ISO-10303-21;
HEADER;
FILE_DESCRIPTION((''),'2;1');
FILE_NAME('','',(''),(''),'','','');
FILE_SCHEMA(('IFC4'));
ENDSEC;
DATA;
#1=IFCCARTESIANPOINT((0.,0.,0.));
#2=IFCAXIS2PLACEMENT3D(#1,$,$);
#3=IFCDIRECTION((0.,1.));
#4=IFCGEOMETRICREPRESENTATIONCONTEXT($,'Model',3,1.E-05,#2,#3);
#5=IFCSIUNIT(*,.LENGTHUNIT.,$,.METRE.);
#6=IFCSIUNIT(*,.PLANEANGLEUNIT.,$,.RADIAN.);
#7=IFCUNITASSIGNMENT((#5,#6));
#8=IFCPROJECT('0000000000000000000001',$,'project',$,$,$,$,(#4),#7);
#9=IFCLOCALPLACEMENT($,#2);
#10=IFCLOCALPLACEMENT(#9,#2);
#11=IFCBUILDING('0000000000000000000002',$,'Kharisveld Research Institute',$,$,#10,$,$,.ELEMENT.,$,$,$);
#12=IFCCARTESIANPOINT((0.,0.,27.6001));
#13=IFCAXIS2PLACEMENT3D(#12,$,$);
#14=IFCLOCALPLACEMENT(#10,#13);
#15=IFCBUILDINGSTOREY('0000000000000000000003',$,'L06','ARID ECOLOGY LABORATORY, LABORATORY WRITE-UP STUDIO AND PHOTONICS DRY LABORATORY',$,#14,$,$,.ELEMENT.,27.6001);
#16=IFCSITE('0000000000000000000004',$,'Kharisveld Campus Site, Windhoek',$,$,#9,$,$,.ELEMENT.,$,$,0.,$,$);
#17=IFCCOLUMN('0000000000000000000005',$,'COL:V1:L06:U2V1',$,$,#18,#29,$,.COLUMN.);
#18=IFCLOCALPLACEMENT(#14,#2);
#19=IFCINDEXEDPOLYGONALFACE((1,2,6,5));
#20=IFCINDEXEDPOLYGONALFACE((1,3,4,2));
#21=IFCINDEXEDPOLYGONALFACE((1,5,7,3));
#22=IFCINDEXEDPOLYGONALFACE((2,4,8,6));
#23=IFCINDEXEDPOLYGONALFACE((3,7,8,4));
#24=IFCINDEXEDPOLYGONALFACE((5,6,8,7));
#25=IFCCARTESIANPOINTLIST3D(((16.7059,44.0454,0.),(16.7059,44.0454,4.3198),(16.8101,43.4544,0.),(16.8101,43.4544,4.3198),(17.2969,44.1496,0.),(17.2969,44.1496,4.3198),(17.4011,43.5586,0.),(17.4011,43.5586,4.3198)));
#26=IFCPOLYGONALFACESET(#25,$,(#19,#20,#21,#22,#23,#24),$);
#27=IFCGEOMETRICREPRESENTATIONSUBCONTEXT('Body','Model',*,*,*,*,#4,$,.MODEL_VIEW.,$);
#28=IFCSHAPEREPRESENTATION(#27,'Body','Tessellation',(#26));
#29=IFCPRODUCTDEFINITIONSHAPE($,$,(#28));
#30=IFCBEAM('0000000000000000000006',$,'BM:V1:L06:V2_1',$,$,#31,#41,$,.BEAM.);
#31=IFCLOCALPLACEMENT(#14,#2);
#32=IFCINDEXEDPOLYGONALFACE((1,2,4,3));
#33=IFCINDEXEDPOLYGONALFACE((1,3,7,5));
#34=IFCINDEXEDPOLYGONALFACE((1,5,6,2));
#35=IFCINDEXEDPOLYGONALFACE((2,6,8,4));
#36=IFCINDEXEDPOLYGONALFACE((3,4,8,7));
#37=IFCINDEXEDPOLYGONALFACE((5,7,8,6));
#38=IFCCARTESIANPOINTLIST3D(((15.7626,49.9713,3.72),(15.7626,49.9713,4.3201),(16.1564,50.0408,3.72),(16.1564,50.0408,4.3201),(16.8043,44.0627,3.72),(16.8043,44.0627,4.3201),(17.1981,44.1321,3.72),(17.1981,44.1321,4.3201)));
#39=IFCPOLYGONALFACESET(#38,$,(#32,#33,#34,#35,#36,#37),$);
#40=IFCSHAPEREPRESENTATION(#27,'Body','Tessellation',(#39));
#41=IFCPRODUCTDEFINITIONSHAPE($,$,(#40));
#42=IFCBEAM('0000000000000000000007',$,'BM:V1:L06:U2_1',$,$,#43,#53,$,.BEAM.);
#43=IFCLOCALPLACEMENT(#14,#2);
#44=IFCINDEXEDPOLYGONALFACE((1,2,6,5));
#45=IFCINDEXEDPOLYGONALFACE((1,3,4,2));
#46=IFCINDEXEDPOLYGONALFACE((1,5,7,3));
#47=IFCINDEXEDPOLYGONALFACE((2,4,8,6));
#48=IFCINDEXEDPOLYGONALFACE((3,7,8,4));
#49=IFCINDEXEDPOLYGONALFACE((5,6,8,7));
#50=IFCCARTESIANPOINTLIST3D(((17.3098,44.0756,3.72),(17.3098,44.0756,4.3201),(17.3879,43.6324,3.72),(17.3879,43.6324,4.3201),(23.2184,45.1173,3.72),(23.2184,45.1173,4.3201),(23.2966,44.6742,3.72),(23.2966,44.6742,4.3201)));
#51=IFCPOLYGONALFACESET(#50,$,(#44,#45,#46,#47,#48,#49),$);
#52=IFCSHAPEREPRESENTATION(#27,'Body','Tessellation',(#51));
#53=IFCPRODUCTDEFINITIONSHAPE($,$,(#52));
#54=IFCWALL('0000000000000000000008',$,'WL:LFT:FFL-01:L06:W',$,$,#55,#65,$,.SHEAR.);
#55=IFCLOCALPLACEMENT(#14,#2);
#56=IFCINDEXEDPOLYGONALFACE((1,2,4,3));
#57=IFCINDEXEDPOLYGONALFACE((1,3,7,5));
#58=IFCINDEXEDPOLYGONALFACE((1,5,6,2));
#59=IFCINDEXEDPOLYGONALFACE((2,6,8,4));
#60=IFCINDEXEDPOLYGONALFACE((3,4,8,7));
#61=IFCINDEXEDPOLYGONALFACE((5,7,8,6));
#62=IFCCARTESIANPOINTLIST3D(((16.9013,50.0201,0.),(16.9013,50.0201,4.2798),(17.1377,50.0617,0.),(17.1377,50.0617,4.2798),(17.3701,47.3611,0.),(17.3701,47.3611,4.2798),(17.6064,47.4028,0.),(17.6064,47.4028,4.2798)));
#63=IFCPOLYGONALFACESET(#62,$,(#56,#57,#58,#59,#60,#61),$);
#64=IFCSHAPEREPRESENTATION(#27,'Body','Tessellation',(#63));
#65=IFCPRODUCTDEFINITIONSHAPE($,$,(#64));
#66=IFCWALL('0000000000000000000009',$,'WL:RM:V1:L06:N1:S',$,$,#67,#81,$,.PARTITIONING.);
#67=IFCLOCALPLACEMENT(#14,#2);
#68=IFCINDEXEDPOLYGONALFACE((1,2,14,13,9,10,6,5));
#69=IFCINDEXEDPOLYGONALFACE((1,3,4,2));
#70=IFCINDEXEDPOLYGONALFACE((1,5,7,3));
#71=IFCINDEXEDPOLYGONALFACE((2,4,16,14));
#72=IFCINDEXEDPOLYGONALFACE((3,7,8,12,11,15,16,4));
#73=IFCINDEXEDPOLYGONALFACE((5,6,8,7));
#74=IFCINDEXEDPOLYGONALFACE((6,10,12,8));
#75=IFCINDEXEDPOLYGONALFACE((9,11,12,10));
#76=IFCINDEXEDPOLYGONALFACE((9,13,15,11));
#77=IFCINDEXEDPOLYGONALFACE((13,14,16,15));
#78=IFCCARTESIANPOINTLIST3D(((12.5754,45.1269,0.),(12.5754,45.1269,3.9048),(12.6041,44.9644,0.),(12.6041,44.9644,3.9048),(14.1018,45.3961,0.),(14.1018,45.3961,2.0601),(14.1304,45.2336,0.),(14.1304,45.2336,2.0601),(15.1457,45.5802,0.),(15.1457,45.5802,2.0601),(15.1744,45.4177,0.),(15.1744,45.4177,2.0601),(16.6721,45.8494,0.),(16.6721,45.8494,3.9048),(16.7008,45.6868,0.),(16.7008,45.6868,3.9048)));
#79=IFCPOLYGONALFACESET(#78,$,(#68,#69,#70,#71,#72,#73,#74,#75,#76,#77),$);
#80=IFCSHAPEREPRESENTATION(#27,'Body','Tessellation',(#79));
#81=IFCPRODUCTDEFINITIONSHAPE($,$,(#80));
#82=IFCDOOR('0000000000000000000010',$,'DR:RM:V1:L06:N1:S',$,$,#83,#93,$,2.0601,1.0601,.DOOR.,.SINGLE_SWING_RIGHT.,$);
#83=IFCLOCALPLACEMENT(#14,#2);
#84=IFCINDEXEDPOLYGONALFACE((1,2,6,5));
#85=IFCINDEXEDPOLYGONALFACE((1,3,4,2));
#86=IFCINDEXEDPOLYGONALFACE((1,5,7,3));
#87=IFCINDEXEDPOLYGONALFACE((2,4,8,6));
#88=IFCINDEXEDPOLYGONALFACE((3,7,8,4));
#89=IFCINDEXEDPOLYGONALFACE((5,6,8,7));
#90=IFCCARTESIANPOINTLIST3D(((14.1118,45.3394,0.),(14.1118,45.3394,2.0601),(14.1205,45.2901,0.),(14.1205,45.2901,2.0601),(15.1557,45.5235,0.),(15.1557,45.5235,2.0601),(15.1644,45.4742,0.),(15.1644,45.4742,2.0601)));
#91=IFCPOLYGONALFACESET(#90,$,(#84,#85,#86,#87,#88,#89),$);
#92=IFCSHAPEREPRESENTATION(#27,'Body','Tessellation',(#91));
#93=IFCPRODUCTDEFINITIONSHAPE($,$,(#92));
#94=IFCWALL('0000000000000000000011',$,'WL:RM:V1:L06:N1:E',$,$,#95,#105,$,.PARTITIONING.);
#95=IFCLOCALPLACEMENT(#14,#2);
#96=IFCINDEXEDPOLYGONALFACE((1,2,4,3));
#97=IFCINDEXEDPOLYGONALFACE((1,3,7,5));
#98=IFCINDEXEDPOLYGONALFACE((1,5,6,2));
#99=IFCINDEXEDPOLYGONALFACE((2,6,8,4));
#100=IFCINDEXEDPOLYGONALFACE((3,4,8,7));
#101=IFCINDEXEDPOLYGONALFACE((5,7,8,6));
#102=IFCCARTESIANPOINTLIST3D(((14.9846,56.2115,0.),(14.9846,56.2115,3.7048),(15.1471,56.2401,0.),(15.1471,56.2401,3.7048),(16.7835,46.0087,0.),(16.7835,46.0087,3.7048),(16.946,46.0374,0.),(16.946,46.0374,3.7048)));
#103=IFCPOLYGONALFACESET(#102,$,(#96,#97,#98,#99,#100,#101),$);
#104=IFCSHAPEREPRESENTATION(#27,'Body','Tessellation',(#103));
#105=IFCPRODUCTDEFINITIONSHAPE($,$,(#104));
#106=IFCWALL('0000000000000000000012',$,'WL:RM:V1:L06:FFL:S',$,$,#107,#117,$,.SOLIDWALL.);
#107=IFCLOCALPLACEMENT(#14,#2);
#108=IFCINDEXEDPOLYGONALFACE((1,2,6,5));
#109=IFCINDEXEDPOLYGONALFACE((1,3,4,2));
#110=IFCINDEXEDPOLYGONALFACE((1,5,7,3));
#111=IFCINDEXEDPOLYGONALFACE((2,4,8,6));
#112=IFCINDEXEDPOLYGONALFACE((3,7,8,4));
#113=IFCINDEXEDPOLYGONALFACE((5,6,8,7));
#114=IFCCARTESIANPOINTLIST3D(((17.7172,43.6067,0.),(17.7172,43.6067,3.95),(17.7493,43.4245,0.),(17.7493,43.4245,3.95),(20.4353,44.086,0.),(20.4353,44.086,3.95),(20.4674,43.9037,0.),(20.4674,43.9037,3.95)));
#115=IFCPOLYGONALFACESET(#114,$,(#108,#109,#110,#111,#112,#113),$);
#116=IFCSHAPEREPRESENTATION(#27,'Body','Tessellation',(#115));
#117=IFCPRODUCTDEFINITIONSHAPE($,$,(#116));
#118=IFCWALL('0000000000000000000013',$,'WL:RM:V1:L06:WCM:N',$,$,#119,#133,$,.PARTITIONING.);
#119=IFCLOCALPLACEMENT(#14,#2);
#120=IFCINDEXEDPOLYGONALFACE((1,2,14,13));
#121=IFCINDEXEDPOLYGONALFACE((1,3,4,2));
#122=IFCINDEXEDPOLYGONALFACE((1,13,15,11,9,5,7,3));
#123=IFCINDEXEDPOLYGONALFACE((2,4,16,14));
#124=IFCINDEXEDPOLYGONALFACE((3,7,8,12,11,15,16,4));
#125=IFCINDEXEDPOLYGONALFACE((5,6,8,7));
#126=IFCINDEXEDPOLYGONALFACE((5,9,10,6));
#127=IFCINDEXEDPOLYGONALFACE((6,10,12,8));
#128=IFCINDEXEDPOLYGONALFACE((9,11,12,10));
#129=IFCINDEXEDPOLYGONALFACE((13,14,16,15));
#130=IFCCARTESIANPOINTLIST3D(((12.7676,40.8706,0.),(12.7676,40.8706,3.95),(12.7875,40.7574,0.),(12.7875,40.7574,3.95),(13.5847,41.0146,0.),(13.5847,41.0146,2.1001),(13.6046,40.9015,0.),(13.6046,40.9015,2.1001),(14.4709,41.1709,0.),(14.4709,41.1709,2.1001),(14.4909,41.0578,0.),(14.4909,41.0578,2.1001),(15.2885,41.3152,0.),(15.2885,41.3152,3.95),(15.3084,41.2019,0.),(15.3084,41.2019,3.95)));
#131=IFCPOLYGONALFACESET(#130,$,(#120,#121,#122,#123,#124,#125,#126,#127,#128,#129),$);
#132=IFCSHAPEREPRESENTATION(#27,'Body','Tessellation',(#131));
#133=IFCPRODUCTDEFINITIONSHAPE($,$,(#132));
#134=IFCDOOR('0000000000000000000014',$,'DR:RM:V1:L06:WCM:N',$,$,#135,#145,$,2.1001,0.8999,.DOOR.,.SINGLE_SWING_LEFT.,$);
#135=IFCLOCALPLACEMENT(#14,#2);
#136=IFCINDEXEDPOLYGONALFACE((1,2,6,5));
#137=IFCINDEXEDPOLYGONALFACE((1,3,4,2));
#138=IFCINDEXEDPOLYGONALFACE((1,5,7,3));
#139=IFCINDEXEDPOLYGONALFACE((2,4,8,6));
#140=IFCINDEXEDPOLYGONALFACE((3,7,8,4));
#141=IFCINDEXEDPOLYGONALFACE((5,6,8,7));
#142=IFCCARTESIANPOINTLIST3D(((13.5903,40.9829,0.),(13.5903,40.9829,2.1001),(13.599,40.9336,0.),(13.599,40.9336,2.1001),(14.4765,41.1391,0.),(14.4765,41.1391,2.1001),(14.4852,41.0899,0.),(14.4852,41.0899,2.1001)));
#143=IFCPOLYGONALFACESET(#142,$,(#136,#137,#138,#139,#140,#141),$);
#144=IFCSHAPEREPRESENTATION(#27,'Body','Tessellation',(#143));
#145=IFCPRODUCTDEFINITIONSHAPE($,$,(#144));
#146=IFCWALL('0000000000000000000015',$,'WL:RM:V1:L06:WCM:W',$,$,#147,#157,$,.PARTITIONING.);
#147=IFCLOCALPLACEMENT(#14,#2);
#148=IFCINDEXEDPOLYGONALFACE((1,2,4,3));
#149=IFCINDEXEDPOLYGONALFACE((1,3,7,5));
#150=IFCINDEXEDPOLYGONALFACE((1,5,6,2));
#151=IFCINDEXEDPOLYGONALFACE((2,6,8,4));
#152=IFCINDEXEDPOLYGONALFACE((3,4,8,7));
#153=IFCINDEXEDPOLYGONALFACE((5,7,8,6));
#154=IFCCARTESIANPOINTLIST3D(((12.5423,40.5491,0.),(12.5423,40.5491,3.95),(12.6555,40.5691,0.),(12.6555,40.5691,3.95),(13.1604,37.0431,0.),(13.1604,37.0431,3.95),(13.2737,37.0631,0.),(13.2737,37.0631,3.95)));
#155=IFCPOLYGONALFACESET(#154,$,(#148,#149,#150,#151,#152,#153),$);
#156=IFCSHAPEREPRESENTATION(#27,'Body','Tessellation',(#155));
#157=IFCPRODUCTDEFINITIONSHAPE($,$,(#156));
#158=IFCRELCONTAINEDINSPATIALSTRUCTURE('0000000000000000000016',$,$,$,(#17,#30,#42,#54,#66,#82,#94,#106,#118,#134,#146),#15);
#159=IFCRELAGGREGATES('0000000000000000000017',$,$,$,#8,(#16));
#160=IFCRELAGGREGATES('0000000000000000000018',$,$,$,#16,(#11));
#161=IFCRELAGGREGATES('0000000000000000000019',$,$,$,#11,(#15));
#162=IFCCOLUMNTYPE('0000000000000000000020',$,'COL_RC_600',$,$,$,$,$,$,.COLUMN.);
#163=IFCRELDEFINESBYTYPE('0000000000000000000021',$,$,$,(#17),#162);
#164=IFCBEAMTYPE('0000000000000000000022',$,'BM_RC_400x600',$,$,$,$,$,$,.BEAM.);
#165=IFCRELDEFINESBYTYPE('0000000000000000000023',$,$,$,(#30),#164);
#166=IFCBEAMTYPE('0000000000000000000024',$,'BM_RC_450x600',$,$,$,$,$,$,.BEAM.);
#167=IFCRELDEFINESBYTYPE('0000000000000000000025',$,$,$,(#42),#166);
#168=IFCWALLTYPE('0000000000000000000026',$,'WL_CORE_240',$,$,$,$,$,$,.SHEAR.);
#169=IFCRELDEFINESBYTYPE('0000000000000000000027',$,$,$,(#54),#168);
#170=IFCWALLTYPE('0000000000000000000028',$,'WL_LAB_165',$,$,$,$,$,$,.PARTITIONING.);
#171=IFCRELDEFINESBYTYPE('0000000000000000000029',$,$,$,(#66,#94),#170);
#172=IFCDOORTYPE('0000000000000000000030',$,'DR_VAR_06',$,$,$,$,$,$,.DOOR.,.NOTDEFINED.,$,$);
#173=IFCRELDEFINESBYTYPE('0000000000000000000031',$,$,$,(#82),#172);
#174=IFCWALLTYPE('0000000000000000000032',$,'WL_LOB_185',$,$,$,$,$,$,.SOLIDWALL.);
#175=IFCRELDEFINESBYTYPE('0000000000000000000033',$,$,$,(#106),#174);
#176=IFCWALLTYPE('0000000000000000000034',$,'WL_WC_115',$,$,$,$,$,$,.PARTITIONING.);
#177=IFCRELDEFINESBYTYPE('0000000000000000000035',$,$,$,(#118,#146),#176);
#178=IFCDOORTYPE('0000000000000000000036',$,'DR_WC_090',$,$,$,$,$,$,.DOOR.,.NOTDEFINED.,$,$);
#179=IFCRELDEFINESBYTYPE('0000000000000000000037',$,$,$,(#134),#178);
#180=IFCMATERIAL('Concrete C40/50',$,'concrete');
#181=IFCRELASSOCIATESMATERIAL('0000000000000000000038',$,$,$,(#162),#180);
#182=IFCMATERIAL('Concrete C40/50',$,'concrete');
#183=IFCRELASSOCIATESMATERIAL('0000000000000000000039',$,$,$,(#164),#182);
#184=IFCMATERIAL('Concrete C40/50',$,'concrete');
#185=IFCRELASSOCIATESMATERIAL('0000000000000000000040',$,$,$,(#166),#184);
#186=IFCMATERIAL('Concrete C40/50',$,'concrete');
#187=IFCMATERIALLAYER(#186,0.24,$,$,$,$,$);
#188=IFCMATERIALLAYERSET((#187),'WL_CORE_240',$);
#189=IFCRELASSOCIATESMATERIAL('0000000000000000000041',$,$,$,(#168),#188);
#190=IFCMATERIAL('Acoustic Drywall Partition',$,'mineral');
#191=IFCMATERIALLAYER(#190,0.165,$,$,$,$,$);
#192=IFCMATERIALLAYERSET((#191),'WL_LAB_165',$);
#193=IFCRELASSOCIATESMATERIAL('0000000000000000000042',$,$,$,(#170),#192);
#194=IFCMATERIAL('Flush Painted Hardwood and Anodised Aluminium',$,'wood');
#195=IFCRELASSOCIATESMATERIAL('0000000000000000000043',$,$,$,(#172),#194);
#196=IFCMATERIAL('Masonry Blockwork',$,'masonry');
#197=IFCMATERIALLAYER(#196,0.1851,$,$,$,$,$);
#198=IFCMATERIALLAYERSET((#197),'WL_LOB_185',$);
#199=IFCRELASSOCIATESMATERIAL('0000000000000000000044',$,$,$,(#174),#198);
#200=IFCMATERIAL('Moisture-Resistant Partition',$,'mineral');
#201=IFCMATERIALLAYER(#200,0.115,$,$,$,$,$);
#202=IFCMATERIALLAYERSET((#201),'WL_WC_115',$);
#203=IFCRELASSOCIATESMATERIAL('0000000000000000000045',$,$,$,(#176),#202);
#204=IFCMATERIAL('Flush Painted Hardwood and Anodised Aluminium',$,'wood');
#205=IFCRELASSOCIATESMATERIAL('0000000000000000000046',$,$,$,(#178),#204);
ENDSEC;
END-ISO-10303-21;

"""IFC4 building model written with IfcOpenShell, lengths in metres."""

from ifc_helpers import new_model, si_unit, direction, frame, frame_2d, origin, origin_2d, place, context, subcontext, project, spatial, rectangle, extrude, material, layer, layer_set, material_profile, profile_set, type_object, element, fill, save


model = new_model("IFC4")

# Units and contexts
model_context = context("Model", 3, precision=1e-05, world=origin(), true_north=direction((0.0, 1.0)))
body_context = subcontext(model_context, "Body", "Model", "MODEL_VIEW")
ifc_project = project(units=[si_unit("LENGTHUNIT", "METRE"), si_unit("PLANEANGLEUNIT", "RADIAN")], contexts=[model_context])

# Site, building, storey
site_placement = place(None, origin())
site = spatial("IfcSite", under=ifc_project, at=site_placement, Name="Kharisveld Campus Site, Windhoek", CompositionType="ELEMENT", RefElevation=0.0)
building_placement = place(site_placement, origin())
building = spatial("IfcBuilding", under=site, at=building_placement, Name="Kharisveld Research Institute", CompositionType="ELEMENT")
storey_placement = place(building_placement, frame((0.0, 0.0, 27.6001)))
storey = spatial("IfcBuildingStorey", under=building, at=storey_placement, Name="L06", Description="ARID ECOLOGY LABORATORY, LABORATORY WRITE-UP STUDIO AND PHOTONICS DRY LABORATORY", CompositionType="ELEMENT", Elevation=27.6001)

# Column
ifc_material_1 = material(Name="Concrete C40/50", Category="concrete")
ifc_material_profile_1 = material_profile(ifc_material_1, rectangle(XDim=0.6001, YDim=0.6001, at=origin_2d()))
ifc_profile_set_1 = profile_set([ifc_material_profile_1], Name="Concrete C40/50")
column_type = type_object("IfcColumnType", Name="COL_RC_600", PredefinedType="COLUMN", material=ifc_profile_set_1)
column_placement = place(storey_placement, frame((17.0535, 43.802, 0.0), z_axis=(0.0, 0.0, 1.0), x_axis=(0.984808, 0.173648, 0.0)))
element("IfcColumn", 1, at=column_placement, inside=storey, type_object=column_type, Name="COL:V1:L06:U2V1", PredefinedType="COLUMN", context=body_context, shape_type="SweptSolid", body=[
    extrude(rectangle(XDim=0.6001, YDim=0.6001, at=origin_2d()), origin(), (0.0, 0.0, 1.0), 4.3198),
])

# Beams
ifc_material_2 = material(Name="Concrete C40/50", Category="concrete")
ifc_material_profile_2 = material_profile(ifc_material_2, rectangle(XDim=0.3999, YDim=0.6001, at=origin_2d()))
ifc_profile_set_2 = profile_set([ifc_material_profile_2], Name="Concrete C40/50")
beam_type_1 = type_object("IfcBeamType", Name="BM_RC_400x600", PredefinedType="BEAM", material=ifc_profile_set_2)
beam_1_placement = place(storey_placement, frame((17.0012, 44.0974, 4.02), z_axis=(-0.17363, 0.984811, 0.0), x_axis=(-0.984811, -0.17363, 0.0)))
element("IfcBeam", 2, at=beam_1_placement, inside=storey, type_object=beam_type_1, Name="BM:V1:L06:V2_1", PredefinedType="BEAM", context=body_context, shape_type="SweptSolid", body=[
    extrude(rectangle(XDim=0.3999, YDim=0.6001, at=origin_2d()), origin(), (0.0, 0.0, 1.0), 5.9998),
])
ifc_material_3 = material(Name="Concrete C40/50", Category="concrete")
ifc_material_profile_3 = material_profile(ifc_material_3, rectangle(XDim=0.45, YDim=0.6001, at=origin_2d()))
ifc_profile_set_3 = profile_set([ifc_material_profile_3], Name="Concrete C40/50")
beam_type_2 = type_object("IfcBeamType", Name="BM_RC_450x600", PredefinedType="BEAM", material=ifc_profile_set_3)
beam_2_placement = place(storey_placement, frame((17.3489, 43.854, 4.02), z_axis=(0.984811, 0.17363, 0.0), x_axis=(-0.17363, 0.984811, 0.0)))
element("IfcBeam", 3, at=beam_2_placement, inside=storey, type_object=beam_type_2, Name="BM:V1:L06:U2_1", PredefinedType="BEAM", context=body_context, shape_type="SweptSolid", body=[
    extrude(rectangle(XDim=0.45, YDim=0.6001, at=origin_2d()), origin(), (0.0, 0.0, 1.0), 5.9998),
])

# Wall
ifc_material_4 = material(Name="Concrete C40/50", Category="concrete")
ifc_layer_1 = layer(ifc_material_4, 0.24)
ifc_layer_set_1 = layer_set([ifc_layer_1], Name="WL_CORE_240")
wall_type_1 = type_object("IfcWallType", Name="WL_CORE_240", PredefinedType="SHEAR", material=ifc_layer_set_1)
wall_1_placement = place(storey_placement, frame((17.4883, 47.3818, 0.0), z_axis=(0.0, 0.0, 1.0), x_axis=(-0.173615, 0.984814, 0.0)))
element("IfcWall", 4, at=wall_1_placement, inside=storey, type_object=wall_type_1, Name="WL:LFT:FFL-01:L06:W", PredefinedType="SHEAR", context=body_context, shape_type="SweptSolid", body=[
    extrude(rectangle(XDim=2.7, YDim=0.24, at=frame_2d((1.3501, 0.0))), origin(), (0.0, 0.0, 1.0), 4.2798),
])

# Wall, opening, door
ifc_material_5 = material(Name="Acoustic Drywall Partition", Category="mineral")
ifc_layer_2 = layer(ifc_material_5, 0.165)
ifc_layer_set_2 = layer_set([ifc_layer_2], Name="WL_LAB_165")
wall_type_2 = type_object("IfcWallType", Name="WL_LAB_165", PredefinedType="PARTITIONING", material=ifc_layer_set_2)
wall_2_placement = place(storey_placement, frame((12.5896, 45.0457, 0.0), z_axis=(0.0, 0.0, 1.0), x_axis=(0.984805, 0.173661, 0.0)))
wall_2 = element("IfcWall", 5, at=wall_2_placement, inside=storey, type_object=wall_type_2, Name="WL:RM:V1:L06:N1:S", PredefinedType="PARTITIONING", context=body_context, shape_type="SweptSolid", body=[
    extrude(rectangle(XDim=4.1599, YDim=0.165, at=frame_2d((2.0801, 0.0))), origin(), (0.0, 0.0, 1.0), 3.9048),
])
opening_1_placement = place(wall_2_placement, frame((1.55, 0.0, 0.0)))
opening_1 = element("IfcOpeningElement", 6, at=opening_1_placement, cuts=wall_2, PredefinedType="OPENING", context=body_context, shape_type="SweptSolid", body=[
    extrude(rectangle(XDim=1.0601, YDim=2.0601, at=frame_2d((0.53, 1.03))), frame((0.0, 0.0825, 0.0), z_axis=(0.0, -1.0, 0.0), x_axis=(1.0, 0.0, 0.0)), (0.0, 0.0, 1.0), 0.165),
])
ifc_material_6 = material(Name="Flush Painted Hardwood and Anodised Aluminium", Category="wood")
door_type_1 = type_object("IfcDoorType", Name="DR_VAR_06", OperationType="NOTDEFINED", PredefinedType="DOOR", material=ifc_material_6)
door_1_placement = place(opening_1_placement, origin())
door_1 = element("IfcDoor", 7, at=door_1_placement, inside=storey, type_object=door_type_1, Name="DR:RM:V1:L06:N1:S", OperationType="SINGLE_SWING_RIGHT", OverallHeight=2.0601, OverallWidth=1.0601, PredefinedType="DOOR", context=body_context, shape_type="SweptSolid", body=[
    extrude(rectangle(XDim=1.0601, YDim=2.0601, at=frame_2d((0.53, 1.03))), frame((0.0, 0.0249, 0.0), z_axis=(0.0, -1.0, 0.0), x_axis=(1.0, 0.0, 0.0)), (0.0, 0.0, 1.0), 0.05),
])
fill(opening_1, door_1)

# Walls
wall_3_placement = place(storey_placement, frame((16.8647, 46.0229, 0.0), z_axis=(0.0, 0.0, 1.0), x_axis=(-0.173632, 0.984811, 0.0)))
element("IfcWall", 8, at=wall_3_placement, inside=storey, type_object=wall_type_2, Name="WL:RM:V1:L06:N1:E", PredefinedType="PARTITIONING", context=body_context, shape_type="SweptSolid", body=[
    extrude(rectangle(XDim=10.3601, YDim=0.165, at=frame_2d((5.1802, 0.0))), origin(), (0.0, 0.0, 1.0), 3.7048),
])
ifc_material_7 = material(Name="Masonry Blockwork", Category="masonry")
ifc_layer_3 = layer(ifc_material_7, 0.1851)
ifc_layer_set_3 = layer_set([ifc_layer_3], Name="WL_LOB_185")
wall_type_3 = type_object("IfcWallType", Name="WL_LOB_185", PredefinedType="SOLIDWALL", material=ifc_layer_set_3)
wall_4_placement = place(storey_placement, frame((17.7334, 43.5156, 0.0), z_axis=(0.0, 0.0, 1.0), x_axis=(0.984808, 0.173644, 0.0)))
element("IfcWall", 9, at=wall_4_placement, inside=storey, type_object=wall_type_3, Name="WL:RM:V1:L06:FFL:S", PredefinedType="SOLIDWALL", context=body_context, shape_type="SweptSolid", body=[
    extrude(rectangle(XDim=2.76, YDim=0.1851, at=frame_2d((1.3799, 0.0))), origin(), (0.0, 0.0, 1.0), 3.95),
])

# Wall, opening, door
ifc_material_8 = material(Name="Moisture-Resistant Partition", Category="mineral")
ifc_layer_4 = layer(ifc_material_8, 0.115)
ifc_layer_set_4 = layer_set([ifc_layer_4], Name="WL_WC_115")
wall_type_4 = type_object("IfcWallType", Name="WL_WC_115", PredefinedType="PARTITIONING", material=ifc_layer_set_4)
wall_5_placement = place(storey_placement, frame((15.2983, 41.2585, 0.0), z_axis=(0.0, 0.0, 1.0), x_axis=(-0.984804, -0.173671, 0.0)))
wall_5 = element("IfcWall", 10, at=wall_5_placement, inside=storey, type_object=wall_type_4, Name="WL:RM:V1:L06:WCM:N", PredefinedType="PARTITIONING", context=body_context, shape_type="SweptSolid", body=[
    extrude(rectangle(XDim=2.5598, YDim=0.115, at=frame_2d((1.2798, 0.0))), origin(), (0.0, 0.0, 1.0), 3.95),
])
opening_2_placement = place(wall_5_placement, frame((0.8301, 0.0, 0.0)))
opening_2 = element("IfcOpeningElement", 11, at=opening_2_placement, cuts=wall_5, PredefinedType="OPENING", context=body_context, shape_type="SweptSolid", body=[
    extrude(rectangle(XDim=0.8999, YDim=2.1001, at=frame_2d((0.45, 1.05))), frame((0.0, 0.0576, 0.0), z_axis=(0.0, -1.0, 0.0), x_axis=(1.0, 0.0, 0.0)), (0.0, 0.0, 1.0), 0.115),
])
ifc_material_9 = material(Name="Flush Painted Hardwood and Anodised Aluminium", Category="wood")
door_type_2 = type_object("IfcDoorType", Name="DR_WC_090", OperationType="NOTDEFINED", PredefinedType="DOOR", material=ifc_material_9)
door_2_placement = place(opening_2_placement, origin())
door_2 = element("IfcDoor", 12, at=door_2_placement, inside=storey, type_object=door_type_2, Name="DR:RM:V1:L06:WCM:N", OperationType="SINGLE_SWING_LEFT", OverallHeight=2.1001, OverallWidth=0.8999, PredefinedType="DOOR", context=body_context, shape_type="SweptSolid", body=[
    extrude(rectangle(XDim=0.8999, YDim=2.1001, at=frame_2d((0.45, 1.05))), frame((0.0, 0.0249, 0.0), z_axis=(0.0, -1.0, 0.0), x_axis=(1.0, 0.0, 0.0)), (0.0, 0.0, 1.0), 0.05),
])
fill(opening_2, door_2)

# Wall
wall_6_placement = place(storey_placement, frame((12.5989, 40.5591, 0.0), z_axis=(0.0, 0.0, 1.0), x_axis=(0.173644, -0.984808, 0.0)))
element("IfcWall", 13, at=wall_6_placement, inside=storey, type_object=wall_type_4, Name="WL:RM:V1:L06:WCM:W", PredefinedType="PARTITIONING", context=body_context, shape_type="SweptSolid", body=[
    extrude(rectangle(XDim=3.5601, YDim=0.115, at=frame_2d((1.78, 0.0))), origin(), (0.0, 0.0, 1.0), 3.95),
])

save(model, "model.ifc")
